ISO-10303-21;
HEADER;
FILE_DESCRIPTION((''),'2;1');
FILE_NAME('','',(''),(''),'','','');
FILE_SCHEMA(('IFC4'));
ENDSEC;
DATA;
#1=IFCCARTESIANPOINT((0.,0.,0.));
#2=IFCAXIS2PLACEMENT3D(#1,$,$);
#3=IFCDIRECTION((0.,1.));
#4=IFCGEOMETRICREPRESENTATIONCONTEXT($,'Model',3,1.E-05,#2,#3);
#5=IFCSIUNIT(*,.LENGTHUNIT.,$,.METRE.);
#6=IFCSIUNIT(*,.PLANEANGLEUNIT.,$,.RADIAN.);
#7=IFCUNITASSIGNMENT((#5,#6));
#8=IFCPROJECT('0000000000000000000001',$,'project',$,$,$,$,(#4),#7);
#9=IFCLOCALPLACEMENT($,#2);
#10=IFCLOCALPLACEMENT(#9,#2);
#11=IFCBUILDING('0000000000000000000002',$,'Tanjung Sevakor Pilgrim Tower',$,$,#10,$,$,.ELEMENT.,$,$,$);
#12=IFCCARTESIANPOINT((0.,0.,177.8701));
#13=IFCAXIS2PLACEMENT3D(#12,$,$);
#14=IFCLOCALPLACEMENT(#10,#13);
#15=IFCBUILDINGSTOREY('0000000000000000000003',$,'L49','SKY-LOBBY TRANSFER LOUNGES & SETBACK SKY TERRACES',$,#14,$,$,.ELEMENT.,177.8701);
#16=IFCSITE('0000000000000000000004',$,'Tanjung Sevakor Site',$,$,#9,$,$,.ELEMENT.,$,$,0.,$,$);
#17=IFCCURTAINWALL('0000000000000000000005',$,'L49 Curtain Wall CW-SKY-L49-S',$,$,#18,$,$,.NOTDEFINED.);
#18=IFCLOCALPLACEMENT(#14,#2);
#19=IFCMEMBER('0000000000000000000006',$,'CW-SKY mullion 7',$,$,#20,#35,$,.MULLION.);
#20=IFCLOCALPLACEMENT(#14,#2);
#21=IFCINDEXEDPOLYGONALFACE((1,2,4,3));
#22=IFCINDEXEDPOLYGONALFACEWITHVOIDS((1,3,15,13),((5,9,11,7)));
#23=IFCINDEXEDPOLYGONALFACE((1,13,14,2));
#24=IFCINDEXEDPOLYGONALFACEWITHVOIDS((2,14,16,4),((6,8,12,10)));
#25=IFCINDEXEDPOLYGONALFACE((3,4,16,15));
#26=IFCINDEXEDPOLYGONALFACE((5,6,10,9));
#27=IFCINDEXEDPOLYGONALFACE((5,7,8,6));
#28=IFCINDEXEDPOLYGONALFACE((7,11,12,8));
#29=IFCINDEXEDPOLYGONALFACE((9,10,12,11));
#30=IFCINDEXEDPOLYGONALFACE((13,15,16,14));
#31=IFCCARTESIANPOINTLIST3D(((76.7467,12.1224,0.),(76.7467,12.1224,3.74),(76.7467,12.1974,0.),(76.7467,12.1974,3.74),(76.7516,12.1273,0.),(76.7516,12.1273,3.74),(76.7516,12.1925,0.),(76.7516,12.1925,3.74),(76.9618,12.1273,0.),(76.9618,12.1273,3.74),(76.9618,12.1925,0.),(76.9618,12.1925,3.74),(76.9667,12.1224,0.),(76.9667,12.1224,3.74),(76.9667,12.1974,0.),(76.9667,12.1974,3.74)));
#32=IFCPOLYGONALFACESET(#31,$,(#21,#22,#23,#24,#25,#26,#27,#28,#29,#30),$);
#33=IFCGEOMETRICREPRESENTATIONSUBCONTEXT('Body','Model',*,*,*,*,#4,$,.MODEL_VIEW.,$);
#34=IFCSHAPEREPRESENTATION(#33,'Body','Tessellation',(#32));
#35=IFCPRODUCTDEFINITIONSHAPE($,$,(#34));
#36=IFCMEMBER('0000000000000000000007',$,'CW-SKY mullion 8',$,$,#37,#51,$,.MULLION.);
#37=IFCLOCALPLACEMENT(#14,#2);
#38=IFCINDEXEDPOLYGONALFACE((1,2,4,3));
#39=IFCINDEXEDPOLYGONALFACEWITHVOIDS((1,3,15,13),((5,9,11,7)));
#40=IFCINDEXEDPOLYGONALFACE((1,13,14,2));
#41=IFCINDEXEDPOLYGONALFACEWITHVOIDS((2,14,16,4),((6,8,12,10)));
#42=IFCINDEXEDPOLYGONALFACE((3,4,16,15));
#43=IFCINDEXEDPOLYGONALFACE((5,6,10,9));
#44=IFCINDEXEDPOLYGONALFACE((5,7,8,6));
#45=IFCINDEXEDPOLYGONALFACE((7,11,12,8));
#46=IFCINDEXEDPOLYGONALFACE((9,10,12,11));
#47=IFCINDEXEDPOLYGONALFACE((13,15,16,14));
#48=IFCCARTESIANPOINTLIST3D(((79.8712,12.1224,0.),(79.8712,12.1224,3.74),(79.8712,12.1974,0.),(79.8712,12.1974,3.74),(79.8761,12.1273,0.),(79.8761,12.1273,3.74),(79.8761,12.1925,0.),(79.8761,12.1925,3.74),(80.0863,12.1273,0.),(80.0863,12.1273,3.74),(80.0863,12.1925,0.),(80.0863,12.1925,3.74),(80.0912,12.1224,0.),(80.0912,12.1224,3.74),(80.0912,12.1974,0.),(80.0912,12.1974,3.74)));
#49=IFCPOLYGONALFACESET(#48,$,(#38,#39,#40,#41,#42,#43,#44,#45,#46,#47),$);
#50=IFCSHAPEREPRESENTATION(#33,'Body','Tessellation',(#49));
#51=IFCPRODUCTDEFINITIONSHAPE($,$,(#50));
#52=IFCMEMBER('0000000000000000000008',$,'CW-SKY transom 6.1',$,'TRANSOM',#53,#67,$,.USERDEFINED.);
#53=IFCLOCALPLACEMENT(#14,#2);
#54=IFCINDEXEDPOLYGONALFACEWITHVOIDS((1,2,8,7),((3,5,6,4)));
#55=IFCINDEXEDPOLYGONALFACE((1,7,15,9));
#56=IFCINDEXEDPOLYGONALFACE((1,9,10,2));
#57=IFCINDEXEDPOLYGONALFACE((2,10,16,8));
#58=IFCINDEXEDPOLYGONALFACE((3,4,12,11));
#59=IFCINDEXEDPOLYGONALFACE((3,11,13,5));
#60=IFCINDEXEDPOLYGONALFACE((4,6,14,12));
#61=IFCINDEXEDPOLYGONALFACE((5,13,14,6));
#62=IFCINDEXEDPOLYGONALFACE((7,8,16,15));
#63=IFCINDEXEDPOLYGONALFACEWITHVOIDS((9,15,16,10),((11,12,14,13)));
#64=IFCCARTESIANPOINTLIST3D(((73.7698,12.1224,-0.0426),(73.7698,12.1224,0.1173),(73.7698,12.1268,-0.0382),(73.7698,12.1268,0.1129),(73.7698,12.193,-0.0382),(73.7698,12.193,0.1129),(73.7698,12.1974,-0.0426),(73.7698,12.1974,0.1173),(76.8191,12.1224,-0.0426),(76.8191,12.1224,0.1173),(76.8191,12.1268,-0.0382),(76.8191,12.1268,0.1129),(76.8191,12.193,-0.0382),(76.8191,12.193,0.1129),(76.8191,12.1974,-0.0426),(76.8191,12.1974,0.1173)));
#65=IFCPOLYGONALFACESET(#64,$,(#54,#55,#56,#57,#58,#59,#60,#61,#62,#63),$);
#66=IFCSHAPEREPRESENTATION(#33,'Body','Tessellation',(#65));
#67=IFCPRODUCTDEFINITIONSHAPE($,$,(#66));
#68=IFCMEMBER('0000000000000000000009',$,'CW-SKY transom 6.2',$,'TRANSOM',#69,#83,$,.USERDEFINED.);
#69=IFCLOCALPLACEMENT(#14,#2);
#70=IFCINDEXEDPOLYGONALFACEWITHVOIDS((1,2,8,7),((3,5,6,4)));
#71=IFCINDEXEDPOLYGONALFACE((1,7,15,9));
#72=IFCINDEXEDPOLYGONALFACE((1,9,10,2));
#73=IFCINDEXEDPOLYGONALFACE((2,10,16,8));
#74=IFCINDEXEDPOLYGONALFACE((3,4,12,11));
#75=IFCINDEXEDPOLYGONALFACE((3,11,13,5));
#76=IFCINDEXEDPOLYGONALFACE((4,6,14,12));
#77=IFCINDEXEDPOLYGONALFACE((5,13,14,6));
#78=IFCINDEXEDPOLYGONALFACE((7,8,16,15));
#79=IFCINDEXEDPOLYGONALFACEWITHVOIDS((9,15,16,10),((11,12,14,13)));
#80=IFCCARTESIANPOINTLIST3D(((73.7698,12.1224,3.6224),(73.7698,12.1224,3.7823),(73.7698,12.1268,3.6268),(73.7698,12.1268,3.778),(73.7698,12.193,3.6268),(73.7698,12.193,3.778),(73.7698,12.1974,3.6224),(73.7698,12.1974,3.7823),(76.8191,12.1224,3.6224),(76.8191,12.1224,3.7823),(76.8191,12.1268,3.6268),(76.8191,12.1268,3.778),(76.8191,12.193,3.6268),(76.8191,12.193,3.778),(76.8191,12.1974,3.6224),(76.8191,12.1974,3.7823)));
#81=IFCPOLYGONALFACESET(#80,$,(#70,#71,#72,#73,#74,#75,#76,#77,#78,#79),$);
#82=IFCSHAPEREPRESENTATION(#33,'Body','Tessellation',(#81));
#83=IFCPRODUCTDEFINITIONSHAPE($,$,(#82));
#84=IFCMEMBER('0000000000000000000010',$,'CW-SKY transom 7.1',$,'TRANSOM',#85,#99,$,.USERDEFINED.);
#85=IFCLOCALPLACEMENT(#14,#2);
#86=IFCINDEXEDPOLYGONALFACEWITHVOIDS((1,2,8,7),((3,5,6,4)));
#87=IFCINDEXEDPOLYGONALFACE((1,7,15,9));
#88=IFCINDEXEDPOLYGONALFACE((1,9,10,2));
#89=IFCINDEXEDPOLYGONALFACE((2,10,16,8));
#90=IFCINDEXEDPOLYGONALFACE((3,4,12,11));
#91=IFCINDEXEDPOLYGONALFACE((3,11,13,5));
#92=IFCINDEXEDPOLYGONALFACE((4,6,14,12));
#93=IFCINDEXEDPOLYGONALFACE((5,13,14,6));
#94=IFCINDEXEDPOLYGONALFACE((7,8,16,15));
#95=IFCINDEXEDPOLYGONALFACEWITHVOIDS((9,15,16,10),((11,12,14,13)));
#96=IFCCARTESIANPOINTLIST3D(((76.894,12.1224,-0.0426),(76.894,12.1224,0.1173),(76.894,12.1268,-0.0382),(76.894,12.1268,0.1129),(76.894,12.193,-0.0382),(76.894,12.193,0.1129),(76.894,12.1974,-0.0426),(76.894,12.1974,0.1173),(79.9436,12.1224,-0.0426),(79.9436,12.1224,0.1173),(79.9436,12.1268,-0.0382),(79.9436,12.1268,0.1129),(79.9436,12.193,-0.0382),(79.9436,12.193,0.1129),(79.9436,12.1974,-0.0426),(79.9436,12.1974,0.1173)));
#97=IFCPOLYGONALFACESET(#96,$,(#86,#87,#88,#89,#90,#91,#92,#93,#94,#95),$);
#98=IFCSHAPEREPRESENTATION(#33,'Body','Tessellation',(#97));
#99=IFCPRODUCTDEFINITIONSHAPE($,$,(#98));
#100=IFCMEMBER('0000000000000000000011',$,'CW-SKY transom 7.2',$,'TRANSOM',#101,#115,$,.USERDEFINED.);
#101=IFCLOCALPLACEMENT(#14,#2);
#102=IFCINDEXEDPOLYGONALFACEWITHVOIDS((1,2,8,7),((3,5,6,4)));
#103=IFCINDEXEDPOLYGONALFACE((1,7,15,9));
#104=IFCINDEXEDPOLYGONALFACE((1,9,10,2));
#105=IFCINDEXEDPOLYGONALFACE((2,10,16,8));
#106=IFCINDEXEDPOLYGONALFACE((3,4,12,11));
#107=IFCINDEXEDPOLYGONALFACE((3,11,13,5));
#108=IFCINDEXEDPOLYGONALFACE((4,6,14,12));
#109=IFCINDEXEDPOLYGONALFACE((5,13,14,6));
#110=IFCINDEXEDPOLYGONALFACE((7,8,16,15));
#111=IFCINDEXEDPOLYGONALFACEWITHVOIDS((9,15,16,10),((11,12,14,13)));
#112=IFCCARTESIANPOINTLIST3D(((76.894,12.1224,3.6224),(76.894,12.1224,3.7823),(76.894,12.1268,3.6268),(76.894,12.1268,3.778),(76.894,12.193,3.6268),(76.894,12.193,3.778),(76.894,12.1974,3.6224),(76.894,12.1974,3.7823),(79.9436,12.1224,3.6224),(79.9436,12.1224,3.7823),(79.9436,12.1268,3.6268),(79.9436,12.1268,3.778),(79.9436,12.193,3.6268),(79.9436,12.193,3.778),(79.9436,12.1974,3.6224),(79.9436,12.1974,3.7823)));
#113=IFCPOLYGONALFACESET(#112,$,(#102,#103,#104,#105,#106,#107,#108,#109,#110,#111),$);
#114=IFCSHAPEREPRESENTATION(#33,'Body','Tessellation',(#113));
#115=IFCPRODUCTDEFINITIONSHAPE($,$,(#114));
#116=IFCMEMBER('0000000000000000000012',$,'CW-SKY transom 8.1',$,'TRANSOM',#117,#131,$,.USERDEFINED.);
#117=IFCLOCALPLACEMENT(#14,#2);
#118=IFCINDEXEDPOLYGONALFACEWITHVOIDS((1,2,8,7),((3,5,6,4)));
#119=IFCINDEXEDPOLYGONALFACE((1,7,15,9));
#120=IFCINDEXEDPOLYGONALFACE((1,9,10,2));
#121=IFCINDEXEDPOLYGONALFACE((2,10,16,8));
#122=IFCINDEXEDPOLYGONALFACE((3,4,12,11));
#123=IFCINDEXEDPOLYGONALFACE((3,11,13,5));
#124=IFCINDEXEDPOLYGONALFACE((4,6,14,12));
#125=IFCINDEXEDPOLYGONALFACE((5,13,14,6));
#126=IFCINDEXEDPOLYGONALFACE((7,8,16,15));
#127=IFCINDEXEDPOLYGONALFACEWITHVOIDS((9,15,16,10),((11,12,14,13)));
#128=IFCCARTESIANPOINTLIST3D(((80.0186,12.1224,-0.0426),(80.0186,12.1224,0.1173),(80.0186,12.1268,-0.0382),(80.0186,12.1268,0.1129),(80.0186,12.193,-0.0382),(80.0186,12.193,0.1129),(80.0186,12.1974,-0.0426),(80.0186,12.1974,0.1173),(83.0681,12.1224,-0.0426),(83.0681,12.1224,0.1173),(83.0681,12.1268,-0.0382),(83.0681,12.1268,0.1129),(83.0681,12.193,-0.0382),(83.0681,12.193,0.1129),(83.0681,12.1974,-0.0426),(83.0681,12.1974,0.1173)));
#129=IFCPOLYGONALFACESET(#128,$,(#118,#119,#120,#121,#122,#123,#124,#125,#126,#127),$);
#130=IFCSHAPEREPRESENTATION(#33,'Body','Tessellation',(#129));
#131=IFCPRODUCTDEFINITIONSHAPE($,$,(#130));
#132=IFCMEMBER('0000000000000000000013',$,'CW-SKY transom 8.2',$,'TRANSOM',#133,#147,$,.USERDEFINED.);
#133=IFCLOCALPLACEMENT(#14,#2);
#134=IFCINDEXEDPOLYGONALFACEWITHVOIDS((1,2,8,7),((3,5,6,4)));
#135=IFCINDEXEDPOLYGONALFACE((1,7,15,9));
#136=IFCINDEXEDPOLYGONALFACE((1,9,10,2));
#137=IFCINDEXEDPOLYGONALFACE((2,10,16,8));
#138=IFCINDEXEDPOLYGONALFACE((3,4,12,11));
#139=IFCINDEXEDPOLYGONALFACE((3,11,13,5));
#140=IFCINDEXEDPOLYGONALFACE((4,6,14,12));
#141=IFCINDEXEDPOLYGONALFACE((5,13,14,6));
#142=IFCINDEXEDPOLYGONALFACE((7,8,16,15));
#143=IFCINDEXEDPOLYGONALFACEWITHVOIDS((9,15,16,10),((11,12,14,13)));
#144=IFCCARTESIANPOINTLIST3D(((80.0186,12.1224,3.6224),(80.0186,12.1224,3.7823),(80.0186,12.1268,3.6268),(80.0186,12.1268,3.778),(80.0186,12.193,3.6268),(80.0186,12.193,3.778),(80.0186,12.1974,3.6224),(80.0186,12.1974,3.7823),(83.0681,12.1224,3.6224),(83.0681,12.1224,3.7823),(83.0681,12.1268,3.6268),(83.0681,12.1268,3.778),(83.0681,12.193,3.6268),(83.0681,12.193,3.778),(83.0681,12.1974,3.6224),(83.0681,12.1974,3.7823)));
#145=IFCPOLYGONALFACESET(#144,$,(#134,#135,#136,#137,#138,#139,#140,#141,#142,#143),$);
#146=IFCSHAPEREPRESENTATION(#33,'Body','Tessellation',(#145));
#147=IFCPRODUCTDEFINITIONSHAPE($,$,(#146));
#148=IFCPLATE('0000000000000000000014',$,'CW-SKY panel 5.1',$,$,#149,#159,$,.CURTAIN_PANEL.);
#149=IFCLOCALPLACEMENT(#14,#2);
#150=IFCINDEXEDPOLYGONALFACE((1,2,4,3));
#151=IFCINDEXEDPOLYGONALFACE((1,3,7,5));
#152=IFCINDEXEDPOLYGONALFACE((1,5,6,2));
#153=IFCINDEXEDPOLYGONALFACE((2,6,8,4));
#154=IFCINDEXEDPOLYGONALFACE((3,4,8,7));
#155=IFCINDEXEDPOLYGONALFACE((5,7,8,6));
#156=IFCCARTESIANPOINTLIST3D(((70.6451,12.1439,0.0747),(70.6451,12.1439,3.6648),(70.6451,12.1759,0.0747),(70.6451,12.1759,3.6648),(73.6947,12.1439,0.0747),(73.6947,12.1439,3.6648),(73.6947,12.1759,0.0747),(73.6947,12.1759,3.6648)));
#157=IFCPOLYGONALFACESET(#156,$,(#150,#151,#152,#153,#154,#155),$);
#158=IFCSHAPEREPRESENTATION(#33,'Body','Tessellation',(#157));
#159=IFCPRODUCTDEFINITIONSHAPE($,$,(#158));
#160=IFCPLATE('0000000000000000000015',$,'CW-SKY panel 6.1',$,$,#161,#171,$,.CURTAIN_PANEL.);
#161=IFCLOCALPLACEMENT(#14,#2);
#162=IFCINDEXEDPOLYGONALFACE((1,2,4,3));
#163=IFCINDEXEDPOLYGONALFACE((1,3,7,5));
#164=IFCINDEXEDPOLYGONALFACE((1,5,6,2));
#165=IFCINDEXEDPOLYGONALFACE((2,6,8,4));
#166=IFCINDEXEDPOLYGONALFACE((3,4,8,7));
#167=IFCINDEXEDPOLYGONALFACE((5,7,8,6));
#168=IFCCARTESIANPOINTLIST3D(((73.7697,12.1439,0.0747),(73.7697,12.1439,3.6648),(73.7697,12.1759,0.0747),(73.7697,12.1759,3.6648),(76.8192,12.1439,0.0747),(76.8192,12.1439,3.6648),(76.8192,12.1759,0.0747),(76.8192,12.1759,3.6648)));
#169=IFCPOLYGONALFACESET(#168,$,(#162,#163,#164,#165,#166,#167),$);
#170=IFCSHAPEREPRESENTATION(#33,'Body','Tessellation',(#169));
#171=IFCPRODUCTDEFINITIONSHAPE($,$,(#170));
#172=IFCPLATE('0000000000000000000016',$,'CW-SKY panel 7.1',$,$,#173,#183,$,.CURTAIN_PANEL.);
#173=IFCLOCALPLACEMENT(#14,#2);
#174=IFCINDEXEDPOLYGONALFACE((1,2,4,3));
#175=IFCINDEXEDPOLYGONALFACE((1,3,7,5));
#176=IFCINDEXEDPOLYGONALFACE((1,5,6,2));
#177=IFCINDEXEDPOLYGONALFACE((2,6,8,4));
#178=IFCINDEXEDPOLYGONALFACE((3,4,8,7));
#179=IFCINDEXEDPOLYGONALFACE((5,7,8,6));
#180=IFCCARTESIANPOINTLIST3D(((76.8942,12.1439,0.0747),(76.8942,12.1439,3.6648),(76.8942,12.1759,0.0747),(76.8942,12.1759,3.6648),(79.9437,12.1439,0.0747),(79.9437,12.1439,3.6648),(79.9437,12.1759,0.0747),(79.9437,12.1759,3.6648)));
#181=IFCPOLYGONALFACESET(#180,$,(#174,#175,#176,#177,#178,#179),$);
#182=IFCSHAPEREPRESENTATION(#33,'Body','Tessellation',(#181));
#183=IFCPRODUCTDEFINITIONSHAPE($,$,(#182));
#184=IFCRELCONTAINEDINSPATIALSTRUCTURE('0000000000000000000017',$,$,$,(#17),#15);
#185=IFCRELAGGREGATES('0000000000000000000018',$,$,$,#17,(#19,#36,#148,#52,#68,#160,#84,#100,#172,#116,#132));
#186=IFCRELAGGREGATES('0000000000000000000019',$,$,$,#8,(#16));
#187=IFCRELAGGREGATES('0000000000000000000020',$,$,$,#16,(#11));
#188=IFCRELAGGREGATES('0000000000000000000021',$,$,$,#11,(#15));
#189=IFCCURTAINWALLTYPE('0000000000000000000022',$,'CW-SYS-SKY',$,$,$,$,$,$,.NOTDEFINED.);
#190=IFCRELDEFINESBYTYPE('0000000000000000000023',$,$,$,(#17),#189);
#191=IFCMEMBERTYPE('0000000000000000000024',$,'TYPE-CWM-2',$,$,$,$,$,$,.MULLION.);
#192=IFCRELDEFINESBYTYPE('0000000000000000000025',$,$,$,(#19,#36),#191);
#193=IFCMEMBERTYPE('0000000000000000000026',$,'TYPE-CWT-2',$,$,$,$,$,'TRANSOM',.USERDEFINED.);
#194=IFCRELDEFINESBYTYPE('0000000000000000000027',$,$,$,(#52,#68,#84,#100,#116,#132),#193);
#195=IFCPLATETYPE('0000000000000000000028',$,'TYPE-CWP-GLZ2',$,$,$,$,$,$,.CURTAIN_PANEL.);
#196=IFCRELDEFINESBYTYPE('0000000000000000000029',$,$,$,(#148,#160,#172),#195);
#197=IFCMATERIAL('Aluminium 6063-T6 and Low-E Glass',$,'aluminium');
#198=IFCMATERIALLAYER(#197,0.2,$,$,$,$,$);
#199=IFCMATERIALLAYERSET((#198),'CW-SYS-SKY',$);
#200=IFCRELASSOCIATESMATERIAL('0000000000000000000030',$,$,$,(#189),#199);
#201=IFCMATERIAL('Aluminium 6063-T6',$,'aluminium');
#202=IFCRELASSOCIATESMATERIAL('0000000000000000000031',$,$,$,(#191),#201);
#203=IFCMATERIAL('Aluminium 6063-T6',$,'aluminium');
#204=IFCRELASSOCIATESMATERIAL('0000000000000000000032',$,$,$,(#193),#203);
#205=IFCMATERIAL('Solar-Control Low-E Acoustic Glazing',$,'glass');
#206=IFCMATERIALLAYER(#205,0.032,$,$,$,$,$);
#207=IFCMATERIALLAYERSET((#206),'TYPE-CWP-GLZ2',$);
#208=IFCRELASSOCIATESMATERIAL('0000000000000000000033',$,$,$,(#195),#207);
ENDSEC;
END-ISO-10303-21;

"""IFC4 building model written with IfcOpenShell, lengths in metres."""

from ifc_helpers import new_model, si_unit, direction, frame, origin, origin_2d, place, context, subcontext, project, spatial, rectangle, hollow_rectangle, extrude, material, layer, layer_set, material_profile, profile_set, type_object, element, aggregate, save


model = new_model("IFC4")

# Units and contexts
model_context = context("Model", 3, precision=1e-05, world=origin(), true_north=direction((0.0, 1.0)))
body_context = subcontext(model_context, "Body", "Model", "MODEL_VIEW")
ifc_project = project(units=[si_unit("LENGTHUNIT", "METRE"), si_unit("PLANEANGLEUNIT", "RADIAN")], contexts=[model_context])

# Site, building, storey
site_placement = place(None, origin())
site = spatial("IfcSite", under=ifc_project, at=site_placement, Name="Tanjung Sevakor Site", CompositionType="ELEMENT", RefElevation=0.0)
building_placement = place(site_placement, origin())
building = spatial("IfcBuilding", under=site, at=building_placement, Name="Tanjung Sevakor Pilgrim Tower", CompositionType="ELEMENT")
storey_placement = place(building_placement, frame((0.0, 0.0, 177.8701)))
storey = spatial("IfcBuildingStorey", under=building, at=storey_placement, Name="L49", Description="SKY-LOBBY TRANSFER LOUNGES & SETBACK SKY TERRACES", CompositionType="ELEMENT", Elevation=177.8701)

# Curtain wall, members, plates
ifc_material_1 = material(Name="Aluminium 6063-T6 and Low-E Glass", Category="aluminium")
ifc_layer_1 = layer(ifc_material_1, 0.2)
ifc_layer_set_1 = layer_set([ifc_layer_1], Name="CW-SYS-SKY")
curtain_wall_type = type_object("IfcCurtainWallType", Name="CW-SYS-SKY", PredefinedType="NOTDEFINED", material=ifc_layer_set_1)
curtain_wall_placement = place(storey_placement, origin())
curtain_wall = element("IfcCurtainWall", 1, at=curtain_wall_placement, inside=storey, type_object=curtain_wall_type, Name="L49 Curtain Wall CW-SKY-L49-S", PredefinedType="NOTDEFINED")
ifc_material_2 = material(Name="Aluminium 6063-T6", Category="aluminium")
ifc_material_profile_1 = material_profile(ifc_material_2, hollow_rectangle(XDim=0.075, YDim=0.22, WallThickness=0.0049, at=origin_2d()))
ifc_profile_set_1 = profile_set([ifc_material_profile_1], Name="Aluminium 6063-T6")
member_type_1 = type_object("IfcMemberType", Name="TYPE-CWM-2", PredefinedType="MULLION", material=ifc_profile_set_1)
member_1_placement = place(storey_placement, frame((76.8567, 12.1599, 0.0), z_axis=(0.0, 0.0, 1.0), x_axis=(0.0, 1.0, 0.0)))
member_1 = element("IfcMember", 2, at=member_1_placement, type_object=member_type_1, Name="CW-SKY mullion 7", PredefinedType="MULLION", context=body_context, shape_type="SweptSolid", body=[
    extrude(hollow_rectangle(XDim=0.075, YDim=0.22, WallThickness=0.0049, at=origin_2d()), origin(), (0.0, 0.0, 1.0), 3.74),
])
member_2_placement = place(storey_placement, frame((79.9812, 12.1599, 0.0), z_axis=(0.0, 0.0, 1.0), x_axis=(0.0, 1.0, 0.0)))
member_2 = element("IfcMember", 3, at=member_2_placement, type_object=member_type_1, Name="CW-SKY mullion 8", PredefinedType="MULLION", context=body_context, shape_type="SweptSolid", body=[
    extrude(hollow_rectangle(XDim=0.075, YDim=0.22, WallThickness=0.0049, at=origin_2d()), origin(), (0.0, 0.0, 1.0), 3.74),
])
ifc_material_3 = material(Name="Aluminium 6063-T6", Category="aluminium")
ifc_material_profile_2 = material_profile(ifc_material_3, hollow_rectangle(XDim=0.075, YDim=0.1599, WallThickness=0.0044, at=origin_2d()))
ifc_profile_set_2 = profile_set([ifc_material_profile_2], Name="Aluminium 6063-T6")
member_type_2 = type_object("IfcMemberType", Name="TYPE-CWT-2", ElementType="TRANSOM", PredefinedType="USERDEFINED", material=ifc_profile_set_2)
member_3_placement = place(storey_placement, frame((73.7698, 12.1599, 0.0374), z_axis=(1.0, 0.0, 0.0), x_axis=(0.0, 1.0, 0.0)))
member_3 = element("IfcMember", 4, at=member_3_placement, type_object=member_type_2, Name="CW-SKY transom 6.1", ObjectType="TRANSOM", PredefinedType="USERDEFINED", context=body_context, shape_type="SweptSolid", body=[
    extrude(hollow_rectangle(XDim=0.075, YDim=0.1599, WallThickness=0.0044, at=origin_2d()), origin(), (0.0, 0.0, 1.0), 3.0493),
])
member_4_placement = place(storey_placement, frame((73.7698, 12.1599, 3.7024), z_axis=(1.0, 0.0, 0.0), x_axis=(0.0, 1.0, 0.0)))
member_4 = element("IfcMember", 5, at=member_4_placement, type_object=member_type_2, Name="CW-SKY transom 6.2", ObjectType="TRANSOM", PredefinedType="USERDEFINED", context=body_context, shape_type="SweptSolid", body=[
    extrude(hollow_rectangle(XDim=0.075, YDim=0.1599, WallThickness=0.0044, at=origin_2d()), origin(), (0.0, 0.0, 1.0), 3.0493),
])
member_5_placement = place(storey_placement, frame((76.894, 12.1599, 0.0374), z_axis=(1.0, 0.0, 0.0), x_axis=(0.0, 1.0, 0.0)))
member_5 = element("IfcMember", 6, at=member_5_placement, type_object=member_type_2, Name="CW-SKY transom 7.1", ObjectType="TRANSOM", PredefinedType="USERDEFINED", context=body_context, shape_type="SweptSolid", body=[
    extrude(hollow_rectangle(XDim=0.075, YDim=0.1599, WallThickness=0.0044, at=origin_2d()), origin(), (0.0, 0.0, 1.0), 3.0496),
])
member_6_placement = place(storey_placement, frame((76.894, 12.1599, 3.7024), z_axis=(1.0, 0.0, 0.0), x_axis=(0.0, 1.0, 0.0)))
member_6 = element("IfcMember", 7, at=member_6_placement, type_object=member_type_2, Name="CW-SKY transom 7.2", ObjectType="TRANSOM", PredefinedType="USERDEFINED", context=body_context, shape_type="SweptSolid", body=[
    extrude(hollow_rectangle(XDim=0.075, YDim=0.1599, WallThickness=0.0044, at=origin_2d()), origin(), (0.0, 0.0, 1.0), 3.0496),
])
member_7_placement = place(storey_placement, frame((80.0186, 12.1599, 0.0374), z_axis=(1.0, 0.0, 0.0), x_axis=(0.0, 1.0, 0.0)))
member_7 = element("IfcMember", 8, at=member_7_placement, type_object=member_type_2, Name="CW-SKY transom 8.1", ObjectType="TRANSOM", PredefinedType="USERDEFINED", context=body_context, shape_type="SweptSolid", body=[
    extrude(hollow_rectangle(XDim=0.075, YDim=0.1599, WallThickness=0.0044, at=origin_2d()), origin(), (0.0, 0.0, 1.0), 3.0496),
])
member_8_placement = place(storey_placement, frame((80.0186, 12.1599, 3.7024), z_axis=(1.0, 0.0, 0.0), x_axis=(0.0, 1.0, 0.0)))
member_8 = element("IfcMember", 9, at=member_8_placement, type_object=member_type_2, Name="CW-SKY transom 8.2", ObjectType="TRANSOM", PredefinedType="USERDEFINED", context=body_context, shape_type="SweptSolid", body=[
    extrude(hollow_rectangle(XDim=0.075, YDim=0.1599, WallThickness=0.0044, at=origin_2d()), origin(), (0.0, 0.0, 1.0), 3.0496),
])
ifc_material_4 = material(Name="Solar-Control Low-E Acoustic Glazing", Category="glass")
ifc_layer_2 = layer(ifc_material_4, 0.032)
ifc_layer_set_2 = layer_set([ifc_layer_2], Name="TYPE-CWP-GLZ2")
plate_type = type_object("IfcPlateType", Name="TYPE-CWP-GLZ2", PredefinedType="CURTAIN_PANEL", material=ifc_layer_set_2)
plate_1_placement = place(storey_placement, frame((72.1699, 12.1599, 0.0747), z_axis=(0.0, 0.0, 1.0), x_axis=(1.0, 0.0, 0.0)))
plate_1 = element("IfcPlate", 10, at=plate_1_placement, type_object=plate_type, Name="CW-SKY panel 5.1", PredefinedType="CURTAIN_PANEL", context=body_context, shape_type="SweptSolid", body=[
    extrude(rectangle(XDim=3.0496, YDim=0.032, at=origin_2d()), origin(), (0.0, 0.0, 1.0), 3.5901),
])
plate_2_placement = place(storey_placement, frame((75.2944, 12.1599, 0.0747), z_axis=(0.0, 0.0, 1.0), x_axis=(1.0, 0.0, 0.0)))
plate_2 = element("IfcPlate", 11, at=plate_2_placement, type_object=plate_type, Name="CW-SKY panel 6.1", PredefinedType="CURTAIN_PANEL", context=body_context, shape_type="SweptSolid", body=[
    extrude(rectangle(XDim=3.0496, YDim=0.032, at=origin_2d()), origin(), (0.0, 0.0, 1.0), 3.5901),
])
plate_3_placement = place(storey_placement, frame((78.4189, 12.1599, 0.0747), z_axis=(0.0, 0.0, 1.0), x_axis=(1.0, 0.0, 0.0)))
plate_3 = element("IfcPlate", 12, at=plate_3_placement, type_object=plate_type, Name="CW-SKY panel 7.1", PredefinedType="CURTAIN_PANEL", context=body_context, shape_type="SweptSolid", body=[
    extrude(rectangle(XDim=3.0496, YDim=0.032, at=origin_2d()), origin(), (0.0, 0.0, 1.0), 3.5901),
])
aggregate(curtain_wall, [member_1, member_2, plate_1, member_3, member_4, plate_2, member_5, member_6, plate_3, member_7, member_8])

save(model, "model.ifc")
